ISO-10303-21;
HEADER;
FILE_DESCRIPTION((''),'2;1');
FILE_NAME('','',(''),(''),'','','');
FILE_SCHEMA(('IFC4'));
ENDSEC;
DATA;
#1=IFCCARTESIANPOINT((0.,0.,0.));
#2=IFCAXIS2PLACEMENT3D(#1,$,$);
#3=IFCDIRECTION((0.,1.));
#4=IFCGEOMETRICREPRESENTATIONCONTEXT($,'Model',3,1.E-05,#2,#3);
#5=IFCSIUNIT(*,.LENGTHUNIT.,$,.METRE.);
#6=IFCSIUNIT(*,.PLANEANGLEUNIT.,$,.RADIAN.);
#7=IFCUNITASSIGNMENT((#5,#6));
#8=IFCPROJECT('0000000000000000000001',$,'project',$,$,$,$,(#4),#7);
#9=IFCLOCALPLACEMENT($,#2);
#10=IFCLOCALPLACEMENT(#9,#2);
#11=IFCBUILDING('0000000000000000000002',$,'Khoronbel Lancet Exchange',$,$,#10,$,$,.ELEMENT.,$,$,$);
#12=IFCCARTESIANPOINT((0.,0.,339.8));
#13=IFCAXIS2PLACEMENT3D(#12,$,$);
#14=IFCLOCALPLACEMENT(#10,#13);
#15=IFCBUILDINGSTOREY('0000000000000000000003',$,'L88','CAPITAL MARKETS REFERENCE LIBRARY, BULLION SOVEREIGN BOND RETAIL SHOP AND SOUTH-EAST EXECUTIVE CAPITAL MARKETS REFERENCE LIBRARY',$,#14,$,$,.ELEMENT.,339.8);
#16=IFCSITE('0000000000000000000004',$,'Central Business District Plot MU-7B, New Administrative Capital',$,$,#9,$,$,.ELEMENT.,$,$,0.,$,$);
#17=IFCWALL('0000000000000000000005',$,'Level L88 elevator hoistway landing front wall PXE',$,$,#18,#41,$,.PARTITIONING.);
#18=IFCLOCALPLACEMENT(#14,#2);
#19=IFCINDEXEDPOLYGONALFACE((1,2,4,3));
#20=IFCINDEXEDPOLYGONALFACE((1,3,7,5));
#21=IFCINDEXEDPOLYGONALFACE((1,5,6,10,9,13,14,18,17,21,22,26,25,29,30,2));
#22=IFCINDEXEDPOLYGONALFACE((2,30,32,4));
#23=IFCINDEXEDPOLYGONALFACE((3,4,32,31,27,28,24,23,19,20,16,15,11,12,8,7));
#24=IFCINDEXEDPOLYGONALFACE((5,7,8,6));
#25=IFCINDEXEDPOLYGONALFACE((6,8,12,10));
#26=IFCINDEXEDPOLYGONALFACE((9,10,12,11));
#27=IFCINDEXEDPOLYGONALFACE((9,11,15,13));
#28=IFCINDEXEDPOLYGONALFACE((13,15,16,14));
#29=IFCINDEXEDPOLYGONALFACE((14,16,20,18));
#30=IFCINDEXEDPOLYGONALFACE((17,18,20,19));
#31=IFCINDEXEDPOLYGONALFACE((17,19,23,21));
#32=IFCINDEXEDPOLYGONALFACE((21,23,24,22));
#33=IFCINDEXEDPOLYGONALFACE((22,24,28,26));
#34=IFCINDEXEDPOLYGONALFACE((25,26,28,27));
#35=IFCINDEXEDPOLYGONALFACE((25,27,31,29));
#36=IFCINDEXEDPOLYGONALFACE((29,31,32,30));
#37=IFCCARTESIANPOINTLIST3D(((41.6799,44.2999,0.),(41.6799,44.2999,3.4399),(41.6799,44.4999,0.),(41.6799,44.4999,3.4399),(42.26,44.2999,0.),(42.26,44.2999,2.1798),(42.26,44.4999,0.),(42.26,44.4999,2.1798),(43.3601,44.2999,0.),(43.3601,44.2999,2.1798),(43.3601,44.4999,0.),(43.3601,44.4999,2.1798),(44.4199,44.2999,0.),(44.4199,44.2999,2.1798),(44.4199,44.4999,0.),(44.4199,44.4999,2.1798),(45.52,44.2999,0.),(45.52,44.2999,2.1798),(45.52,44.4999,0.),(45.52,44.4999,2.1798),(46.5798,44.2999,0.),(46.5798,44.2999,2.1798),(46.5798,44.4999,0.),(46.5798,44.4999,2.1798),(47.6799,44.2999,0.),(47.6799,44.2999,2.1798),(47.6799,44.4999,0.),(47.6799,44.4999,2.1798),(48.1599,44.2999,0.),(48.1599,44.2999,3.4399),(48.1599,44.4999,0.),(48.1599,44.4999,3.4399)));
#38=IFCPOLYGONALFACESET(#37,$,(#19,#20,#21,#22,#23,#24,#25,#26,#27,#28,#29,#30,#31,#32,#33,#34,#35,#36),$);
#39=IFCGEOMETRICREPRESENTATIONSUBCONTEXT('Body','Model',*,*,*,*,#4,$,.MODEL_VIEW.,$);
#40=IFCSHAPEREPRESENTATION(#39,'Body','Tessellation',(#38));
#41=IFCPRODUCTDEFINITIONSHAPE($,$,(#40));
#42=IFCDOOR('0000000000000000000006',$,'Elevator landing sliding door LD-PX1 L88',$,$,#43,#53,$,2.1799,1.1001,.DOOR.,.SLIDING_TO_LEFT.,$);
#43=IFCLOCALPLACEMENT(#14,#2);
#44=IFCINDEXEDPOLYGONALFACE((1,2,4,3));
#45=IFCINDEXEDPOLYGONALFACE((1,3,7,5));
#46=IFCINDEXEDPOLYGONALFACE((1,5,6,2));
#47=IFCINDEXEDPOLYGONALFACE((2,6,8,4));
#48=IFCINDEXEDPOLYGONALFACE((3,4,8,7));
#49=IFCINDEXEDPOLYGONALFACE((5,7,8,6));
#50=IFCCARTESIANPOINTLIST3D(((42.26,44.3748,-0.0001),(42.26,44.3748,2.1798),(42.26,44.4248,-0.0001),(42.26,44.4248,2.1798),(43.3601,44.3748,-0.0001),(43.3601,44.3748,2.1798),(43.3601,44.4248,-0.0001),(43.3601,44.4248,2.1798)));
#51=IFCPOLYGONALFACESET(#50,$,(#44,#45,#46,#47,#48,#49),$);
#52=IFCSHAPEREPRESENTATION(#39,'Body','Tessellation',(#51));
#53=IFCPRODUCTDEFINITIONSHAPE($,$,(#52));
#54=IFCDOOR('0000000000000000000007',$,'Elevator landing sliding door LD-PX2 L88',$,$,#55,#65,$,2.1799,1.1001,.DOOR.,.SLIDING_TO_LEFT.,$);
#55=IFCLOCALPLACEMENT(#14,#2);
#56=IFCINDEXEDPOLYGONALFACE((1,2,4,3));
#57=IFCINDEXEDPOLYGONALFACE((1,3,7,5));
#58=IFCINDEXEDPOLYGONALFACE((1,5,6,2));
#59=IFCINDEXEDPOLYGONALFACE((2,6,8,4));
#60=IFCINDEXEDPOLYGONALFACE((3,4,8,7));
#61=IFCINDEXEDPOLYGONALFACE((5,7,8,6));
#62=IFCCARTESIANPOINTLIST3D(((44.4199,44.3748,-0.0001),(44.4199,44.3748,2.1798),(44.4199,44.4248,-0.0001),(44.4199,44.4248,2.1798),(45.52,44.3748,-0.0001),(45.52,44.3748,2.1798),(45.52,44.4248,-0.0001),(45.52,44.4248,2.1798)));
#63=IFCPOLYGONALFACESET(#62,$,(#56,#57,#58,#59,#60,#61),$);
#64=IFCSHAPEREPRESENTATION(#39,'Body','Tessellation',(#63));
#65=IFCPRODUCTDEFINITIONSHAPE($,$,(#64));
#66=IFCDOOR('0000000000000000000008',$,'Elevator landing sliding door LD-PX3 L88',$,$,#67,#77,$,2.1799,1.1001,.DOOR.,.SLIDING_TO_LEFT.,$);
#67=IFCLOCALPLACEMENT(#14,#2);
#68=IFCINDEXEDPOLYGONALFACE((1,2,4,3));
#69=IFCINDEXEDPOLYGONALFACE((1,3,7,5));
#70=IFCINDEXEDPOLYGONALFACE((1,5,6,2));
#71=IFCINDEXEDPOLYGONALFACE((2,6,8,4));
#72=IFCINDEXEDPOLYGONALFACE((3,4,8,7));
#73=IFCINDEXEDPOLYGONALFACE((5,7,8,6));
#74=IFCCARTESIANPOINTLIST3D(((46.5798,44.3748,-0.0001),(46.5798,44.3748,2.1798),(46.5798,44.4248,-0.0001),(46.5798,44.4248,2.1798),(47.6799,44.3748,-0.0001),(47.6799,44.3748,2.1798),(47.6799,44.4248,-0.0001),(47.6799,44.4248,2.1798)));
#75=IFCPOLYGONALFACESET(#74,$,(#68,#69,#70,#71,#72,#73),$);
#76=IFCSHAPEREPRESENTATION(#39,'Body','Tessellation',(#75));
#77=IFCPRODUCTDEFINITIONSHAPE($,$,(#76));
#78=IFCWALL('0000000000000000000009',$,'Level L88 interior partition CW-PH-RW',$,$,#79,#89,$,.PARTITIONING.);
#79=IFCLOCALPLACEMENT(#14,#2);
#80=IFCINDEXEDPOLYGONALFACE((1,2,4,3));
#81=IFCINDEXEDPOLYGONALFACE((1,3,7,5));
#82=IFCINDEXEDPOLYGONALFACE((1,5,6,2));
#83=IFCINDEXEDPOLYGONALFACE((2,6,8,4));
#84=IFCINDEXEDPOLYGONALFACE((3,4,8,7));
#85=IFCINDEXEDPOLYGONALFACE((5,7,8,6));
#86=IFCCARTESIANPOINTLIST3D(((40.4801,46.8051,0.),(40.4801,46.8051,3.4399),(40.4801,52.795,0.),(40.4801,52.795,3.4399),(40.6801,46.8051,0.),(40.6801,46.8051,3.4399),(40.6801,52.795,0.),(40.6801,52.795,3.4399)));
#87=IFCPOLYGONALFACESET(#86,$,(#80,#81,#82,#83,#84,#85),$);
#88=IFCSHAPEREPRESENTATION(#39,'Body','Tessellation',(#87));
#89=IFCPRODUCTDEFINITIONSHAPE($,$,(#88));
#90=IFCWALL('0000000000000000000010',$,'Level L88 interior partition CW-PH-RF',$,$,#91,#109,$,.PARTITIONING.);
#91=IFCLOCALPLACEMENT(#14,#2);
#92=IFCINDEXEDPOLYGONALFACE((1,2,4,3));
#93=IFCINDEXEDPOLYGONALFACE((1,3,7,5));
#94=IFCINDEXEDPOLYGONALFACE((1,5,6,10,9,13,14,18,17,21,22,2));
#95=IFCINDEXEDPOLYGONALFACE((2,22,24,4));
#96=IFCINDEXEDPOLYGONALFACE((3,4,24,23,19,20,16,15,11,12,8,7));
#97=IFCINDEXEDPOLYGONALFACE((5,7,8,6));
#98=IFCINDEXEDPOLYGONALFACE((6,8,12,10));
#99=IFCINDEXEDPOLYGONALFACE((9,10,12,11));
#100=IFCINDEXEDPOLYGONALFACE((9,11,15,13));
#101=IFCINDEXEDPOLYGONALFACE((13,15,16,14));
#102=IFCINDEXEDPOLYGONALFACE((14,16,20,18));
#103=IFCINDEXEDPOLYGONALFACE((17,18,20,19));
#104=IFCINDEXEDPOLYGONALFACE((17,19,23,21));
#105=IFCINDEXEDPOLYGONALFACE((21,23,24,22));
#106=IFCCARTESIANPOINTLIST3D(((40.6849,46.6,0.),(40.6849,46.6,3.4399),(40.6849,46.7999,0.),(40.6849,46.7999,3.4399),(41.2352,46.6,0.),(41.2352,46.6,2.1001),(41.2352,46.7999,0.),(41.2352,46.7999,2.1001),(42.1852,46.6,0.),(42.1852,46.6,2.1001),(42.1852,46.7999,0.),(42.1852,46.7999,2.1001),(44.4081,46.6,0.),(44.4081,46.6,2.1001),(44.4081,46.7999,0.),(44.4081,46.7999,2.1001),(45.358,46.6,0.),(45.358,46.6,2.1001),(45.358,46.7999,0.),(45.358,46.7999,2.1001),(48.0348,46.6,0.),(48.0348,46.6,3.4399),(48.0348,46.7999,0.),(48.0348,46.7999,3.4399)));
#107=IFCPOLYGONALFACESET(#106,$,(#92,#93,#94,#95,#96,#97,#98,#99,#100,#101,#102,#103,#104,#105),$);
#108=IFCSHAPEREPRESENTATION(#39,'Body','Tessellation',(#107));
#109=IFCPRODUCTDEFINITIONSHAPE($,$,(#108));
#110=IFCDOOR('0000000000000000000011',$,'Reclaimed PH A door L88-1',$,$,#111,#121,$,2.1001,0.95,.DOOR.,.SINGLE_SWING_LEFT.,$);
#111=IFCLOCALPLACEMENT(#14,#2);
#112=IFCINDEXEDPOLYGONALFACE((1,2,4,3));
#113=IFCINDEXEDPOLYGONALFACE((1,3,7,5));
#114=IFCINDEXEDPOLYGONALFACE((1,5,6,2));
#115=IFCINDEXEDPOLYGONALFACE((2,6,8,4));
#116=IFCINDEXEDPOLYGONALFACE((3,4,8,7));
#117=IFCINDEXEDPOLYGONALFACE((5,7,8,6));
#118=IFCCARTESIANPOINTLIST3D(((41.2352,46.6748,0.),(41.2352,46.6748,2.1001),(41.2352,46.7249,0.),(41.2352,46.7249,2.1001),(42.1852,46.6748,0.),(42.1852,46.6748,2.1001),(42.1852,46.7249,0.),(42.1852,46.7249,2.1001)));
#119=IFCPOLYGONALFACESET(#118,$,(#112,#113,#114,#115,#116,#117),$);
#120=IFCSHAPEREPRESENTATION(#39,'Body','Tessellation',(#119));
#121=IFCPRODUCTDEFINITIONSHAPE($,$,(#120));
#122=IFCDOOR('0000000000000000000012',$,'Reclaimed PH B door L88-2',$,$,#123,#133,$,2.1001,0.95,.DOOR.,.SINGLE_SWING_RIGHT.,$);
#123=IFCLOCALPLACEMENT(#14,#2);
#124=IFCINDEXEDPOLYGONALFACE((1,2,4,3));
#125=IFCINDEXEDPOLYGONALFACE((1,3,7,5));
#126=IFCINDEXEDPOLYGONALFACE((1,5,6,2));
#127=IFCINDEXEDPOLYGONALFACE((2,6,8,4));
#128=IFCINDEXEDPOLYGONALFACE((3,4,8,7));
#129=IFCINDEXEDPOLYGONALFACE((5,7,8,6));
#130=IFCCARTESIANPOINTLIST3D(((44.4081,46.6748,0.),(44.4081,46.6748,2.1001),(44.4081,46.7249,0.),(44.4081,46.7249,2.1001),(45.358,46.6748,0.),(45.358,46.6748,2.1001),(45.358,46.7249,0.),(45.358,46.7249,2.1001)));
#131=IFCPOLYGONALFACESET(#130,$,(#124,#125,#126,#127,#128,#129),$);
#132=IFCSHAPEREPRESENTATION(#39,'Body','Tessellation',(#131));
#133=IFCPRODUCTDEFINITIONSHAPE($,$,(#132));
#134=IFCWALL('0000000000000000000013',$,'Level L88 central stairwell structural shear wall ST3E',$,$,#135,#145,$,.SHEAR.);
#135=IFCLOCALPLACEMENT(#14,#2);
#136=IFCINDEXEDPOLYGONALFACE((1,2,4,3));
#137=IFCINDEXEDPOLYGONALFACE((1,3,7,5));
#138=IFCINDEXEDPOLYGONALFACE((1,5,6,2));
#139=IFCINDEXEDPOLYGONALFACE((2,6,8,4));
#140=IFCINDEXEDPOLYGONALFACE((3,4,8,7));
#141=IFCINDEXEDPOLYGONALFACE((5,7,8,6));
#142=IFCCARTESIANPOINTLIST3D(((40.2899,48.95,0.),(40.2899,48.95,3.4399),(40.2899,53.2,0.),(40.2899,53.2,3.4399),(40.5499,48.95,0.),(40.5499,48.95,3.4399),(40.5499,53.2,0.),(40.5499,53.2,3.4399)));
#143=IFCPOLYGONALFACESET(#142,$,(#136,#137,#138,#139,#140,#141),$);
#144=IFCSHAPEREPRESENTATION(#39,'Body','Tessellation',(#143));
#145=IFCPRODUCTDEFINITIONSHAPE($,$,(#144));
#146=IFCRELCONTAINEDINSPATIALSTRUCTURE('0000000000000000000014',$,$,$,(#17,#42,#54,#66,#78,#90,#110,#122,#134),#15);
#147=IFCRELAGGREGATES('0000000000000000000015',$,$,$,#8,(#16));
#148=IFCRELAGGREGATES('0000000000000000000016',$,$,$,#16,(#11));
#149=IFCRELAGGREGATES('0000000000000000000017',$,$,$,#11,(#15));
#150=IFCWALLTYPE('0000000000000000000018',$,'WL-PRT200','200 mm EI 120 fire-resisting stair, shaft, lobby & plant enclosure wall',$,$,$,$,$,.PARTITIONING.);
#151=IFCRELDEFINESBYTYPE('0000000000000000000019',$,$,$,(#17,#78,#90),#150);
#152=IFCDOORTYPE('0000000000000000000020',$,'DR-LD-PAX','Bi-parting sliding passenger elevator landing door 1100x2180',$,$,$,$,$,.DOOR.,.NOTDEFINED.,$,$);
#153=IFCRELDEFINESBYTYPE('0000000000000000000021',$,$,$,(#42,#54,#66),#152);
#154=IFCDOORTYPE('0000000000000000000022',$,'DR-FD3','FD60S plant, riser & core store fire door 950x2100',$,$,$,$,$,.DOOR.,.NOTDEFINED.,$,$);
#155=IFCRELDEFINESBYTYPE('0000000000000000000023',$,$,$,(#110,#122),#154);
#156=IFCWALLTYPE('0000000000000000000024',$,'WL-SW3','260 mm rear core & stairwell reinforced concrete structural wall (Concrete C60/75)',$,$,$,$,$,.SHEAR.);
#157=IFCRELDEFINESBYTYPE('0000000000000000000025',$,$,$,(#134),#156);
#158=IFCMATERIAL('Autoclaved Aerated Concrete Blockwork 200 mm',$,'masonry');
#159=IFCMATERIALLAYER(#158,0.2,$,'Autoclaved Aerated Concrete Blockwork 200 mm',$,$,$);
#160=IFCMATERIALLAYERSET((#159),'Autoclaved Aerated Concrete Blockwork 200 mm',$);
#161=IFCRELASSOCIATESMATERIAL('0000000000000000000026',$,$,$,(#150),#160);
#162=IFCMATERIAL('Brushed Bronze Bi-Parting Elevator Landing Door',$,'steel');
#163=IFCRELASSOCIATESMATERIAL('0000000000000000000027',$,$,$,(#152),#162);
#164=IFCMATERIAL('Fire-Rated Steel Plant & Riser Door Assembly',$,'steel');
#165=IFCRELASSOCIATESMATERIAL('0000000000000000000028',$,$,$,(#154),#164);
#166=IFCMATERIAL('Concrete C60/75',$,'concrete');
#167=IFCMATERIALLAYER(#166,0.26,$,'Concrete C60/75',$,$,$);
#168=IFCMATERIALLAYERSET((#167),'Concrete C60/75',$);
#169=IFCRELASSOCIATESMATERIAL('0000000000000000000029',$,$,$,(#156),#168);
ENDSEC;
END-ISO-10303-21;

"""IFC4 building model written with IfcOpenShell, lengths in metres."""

from ifc_helpers import new_model, si_unit, direction, frame, frame_2d, origin, place, context, subcontext, project, spatial, rectangle, extrude, material, layer, layer_set, type_object, element, fill, save


model = new_model("IFC4")

# Units and contexts
model_context = context("Model", 3, precision=1e-05, world=origin(), true_north=direction((0.0, 1.0)))
body_context = subcontext(model_context, "Body", "Model", "MODEL_VIEW")
ifc_project = project(units=[si_unit("LENGTHUNIT", "METRE"), si_unit("PLANEANGLEUNIT", "RADIAN")], contexts=[model_context])

# Site, building, storey
site_placement = place(None, origin())
site = spatial("IfcSite", under=ifc_project, at=site_placement, Name="Central Business District Plot MU-7B, New Administrative Capital", CompositionType="ELEMENT", RefElevation=0.0)
building_placement = place(site_placement, origin())
building = spatial("IfcBuilding", under=site, at=building_placement, Name="Khoronbel Lancet Exchange", CompositionType="ELEMENT")
storey_placement = place(building_placement, frame((0.0, 0.0, 339.8)))
storey = spatial("IfcBuildingStorey", under=building, at=storey_placement, Name="L88", Description="CAPITAL MARKETS REFERENCE LIBRARY, BULLION SOVEREIGN BOND RETAIL SHOP AND SOUTH-EAST EXECUTIVE CAPITAL MARKETS REFERENCE LIBRARY", CompositionType="ELEMENT", Elevation=339.8)

# Shared definitions
ifc_material_1 = material(Name="Concrete C60/75", Category="concrete")

# Wall, openings, doors
ifc_material_2 = material(Name="Autoclaved Aerated Concrete Blockwork 200 mm", Category="masonry")
ifc_layer_1 = layer(ifc_material_2, 0.2, Name="Autoclaved Aerated Concrete Blockwork 200 mm")
ifc_layer_set_1 = layer_set([ifc_layer_1], Name="Autoclaved Aerated Concrete Blockwork 200 mm")
wall_type_1 = type_object("IfcWallType", Name="WL-PRT200", Description="200 mm EI 120 fire-resisting stair, shaft, lobby & plant enclosure wall", PredefinedType="PARTITIONING", material=ifc_layer_set_1)
wall_1_placement = place(storey_placement, frame((41.6799, 44.3999, 0.0), z_axis=(0.0, 0.0, 1.0), x_axis=(1.0, 0.0, 0.0)))
wall_1 = element("IfcWall", 1, at=wall_1_placement, inside=storey, type_object=wall_type_1, Name="Level L88 elevator hoistway landing front wall PXE", PredefinedType="PARTITIONING", context=body_context, shape_type="SweptSolid", body=[
    extrude(rectangle(XDim=6.48, YDim=0.2, at=frame_2d((3.24, 0.0))), origin(), (0.0, 0.0, 1.0), 3.4399),
])
opening_1_placement = place(wall_1_placement, frame((0.5801, 0.0, 0.0)))
opening_1 = element("IfcOpeningElement", 2, at=opening_1_placement, cuts=wall_1, PredefinedType="OPENING", context=body_context, shape_type="SweptSolid", body=[
    extrude(rectangle(XDim=1.1001, YDim=2.1799, at=frame_2d((0.55, 1.0898))), frame((0.0, 0.1099, 0.0), z_axis=(0.0, -1.0, 0.0), x_axis=(1.0, 0.0, 0.0)), (0.0, 0.0, 1.0), 0.22),
])
opening_2_placement = place(wall_1_placement, frame((2.74, 0.0, 0.0)))
opening_2 = element("IfcOpeningElement", 3, at=opening_2_placement, cuts=wall_1, PredefinedType="OPENING", context=body_context, shape_type="SweptSolid", body=[
    extrude(rectangle(XDim=1.1001, YDim=2.1799, at=frame_2d((0.55, 1.0898))), frame((0.0, 0.1099, 0.0), z_axis=(0.0, -1.0, 0.0), x_axis=(1.0, 0.0, 0.0)), (0.0, 0.0, 1.0), 0.22),
])
opening_3_placement = place(wall_1_placement, frame((4.8999, 0.0, 0.0)))
opening_3 = element("IfcOpeningElement", 4, at=opening_3_placement, cuts=wall_1, PredefinedType="OPENING", context=body_context, shape_type="SweptSolid", body=[
    extrude(rectangle(XDim=1.1001, YDim=2.1799, at=frame_2d((0.55, 1.0898))), frame((0.0, 0.1099, 0.0), z_axis=(0.0, -1.0, 0.0), x_axis=(1.0, 0.0, 0.0)), (0.0, 0.0, 1.0), 0.22),
])
ifc_material_3 = material(Name="Brushed Bronze Bi-Parting Elevator Landing Door", Category="steel")
door_type_1 = type_object("IfcDoorType", Name="DR-LD-PAX", Description="Bi-parting sliding passenger elevator landing door 1100x2180", OperationType="NOTDEFINED", PredefinedType="DOOR", material=ifc_material_3)
door_1_placement = place(opening_1_placement, origin())
door_1 = element("IfcDoor", 5, at=door_1_placement, inside=storey, type_object=door_type_1, Name="Elevator landing sliding door LD-PX1 L88", OperationType="SLIDING_TO_LEFT", OverallHeight=2.1799, OverallWidth=1.1001, PredefinedType="DOOR", context=body_context, shape_type="SweptSolid", body=[
    extrude(rectangle(XDim=1.1001, YDim=2.1799, at=frame_2d((0.55, 1.0898))), frame((0.0, 0.0249, 0.0), z_axis=(0.0, -1.0, 0.0), x_axis=(1.0, 0.0, 0.0)), (0.0, 0.0, 1.0), 0.05),
])
fill(opening_1, door_1)
door_2_placement = place(opening_2_placement, origin())
door_2 = element("IfcDoor", 6, at=door_2_placement, inside=storey, type_object=door_type_1, Name="Elevator landing sliding door LD-PX2 L88", OperationType="SLIDING_TO_LEFT", OverallHeight=2.1799, OverallWidth=1.1001, PredefinedType="DOOR", context=body_context, shape_type="SweptSolid", body=[
    extrude(rectangle(XDim=1.1001, YDim=2.1799, at=frame_2d((0.55, 1.0898))), frame((0.0, 0.0249, 0.0), z_axis=(0.0, -1.0, 0.0), x_axis=(1.0, 0.0, 0.0)), (0.0, 0.0, 1.0), 0.05),
])
fill(opening_2, door_2)
door_3_placement = place(opening_3_placement, origin())
door_3 = element("IfcDoor", 7, at=door_3_placement, inside=storey, type_object=door_type_1, Name="Elevator landing sliding door LD-PX3 L88", OperationType="SLIDING_TO_LEFT", OverallHeight=2.1799, OverallWidth=1.1001, PredefinedType="DOOR", context=body_context, shape_type="SweptSolid", body=[
    extrude(rectangle(XDim=1.1001, YDim=2.1799, at=frame_2d((0.55, 1.0898))), frame((0.0, 0.0249, 0.0), z_axis=(0.0, -1.0, 0.0), x_axis=(1.0, 0.0, 0.0)), (0.0, 0.0, 1.0), 0.05),
])
fill(opening_3, door_3)

# Wall
wall_2_placement = place(storey_placement, frame((40.5801, 46.8049, 0.0), z_axis=(0.0, 0.0, 1.0), x_axis=(0.0, 1.0, 0.0)))
element("IfcWall", 8, at=wall_2_placement, inside=storey, type_object=wall_type_1, Name="Level L88 interior partition CW-PH-RW", PredefinedType="PARTITIONING", context=body_context, shape_type="SweptSolid", body=[
    extrude(rectangle(XDim=5.99, YDim=0.2, at=frame_2d((2.9951, 0.0))), origin(), (0.0, 0.0, 1.0), 3.4399),
])

# Wall, openings, doors
wall_3_placement = place(storey_placement, frame((40.6851, 46.7, 0.0), z_axis=(0.0, 0.0, 1.0), x_axis=(1.0, 0.0, 0.0)))
wall_3 = element("IfcWall", 9, at=wall_3_placement, inside=storey, type_object=wall_type_1, Name="Level L88 interior partition CW-PH-RF", PredefinedType="PARTITIONING", context=body_context, shape_type="SweptSolid", body=[
    extrude(rectangle(XDim=7.3499, YDim=0.2, at=frame_2d((3.6748, 0.0))), origin(), (0.0, 0.0, 1.0), 3.4399),
])
opening_4_placement = place(wall_3_placement, frame((0.55, 0.0, 0.0)))
opening_4 = element("IfcOpeningElement", 10, at=opening_4_placement, cuts=wall_3, PredefinedType="OPENING", context=body_context, shape_type="SweptSolid", body=[
    extrude(rectangle(XDim=0.95, YDim=2.1001, at=frame_2d((0.4751, 1.05))), frame((0.0, 0.1099, 0.0), z_axis=(0.0, -1.0, 0.0), x_axis=(1.0, 0.0, 0.0)), (0.0, 0.0, 1.0), 0.22),
])
opening_5_placement = place(wall_3_placement, frame((3.7229, 0.0, 0.0)))
opening_5 = element("IfcOpeningElement", 11, at=opening_5_placement, cuts=wall_3, PredefinedType="OPENING", context=body_context, shape_type="SweptSolid", body=[
    extrude(rectangle(XDim=0.95, YDim=2.1001, at=frame_2d((0.4751, 1.05))), frame((0.0, 0.1099, 0.0), z_axis=(0.0, -1.0, 0.0), x_axis=(1.0, 0.0, 0.0)), (0.0, 0.0, 1.0), 0.22),
])
ifc_material_4 = material(Name="Fire-Rated Steel Plant & Riser Door Assembly", Category="steel")
door_type_2 = type_object("IfcDoorType", Name="DR-FD3", Description="FD60S plant, riser & core store fire door 950x2100", OperationType="NOTDEFINED", PredefinedType="DOOR", material=ifc_material_4)
door_4_placement = place(opening_4_placement, origin())
door_4 = element("IfcDoor", 12, at=door_4_placement, inside=storey, type_object=door_type_2, Name="Reclaimed PH A door L88-1", OperationType="SINGLE_SWING_LEFT", OverallHeight=2.1001, OverallWidth=0.95, PredefinedType="DOOR", context=body_context, shape_type="SweptSolid", body=[
    extrude(rectangle(XDim=0.95, YDim=2.1001, at=frame_2d((0.4751, 1.05))), frame((0.0, 0.0249, 0.0), z_axis=(0.0, -1.0, 0.0), x_axis=(1.0, 0.0, 0.0)), (0.0, 0.0, 1.0), 0.05),
])
fill(opening_4, door_4)
door_5_placement = place(opening_5_placement, origin())
door_5 = element("IfcDoor", 13, at=door_5_placement, inside=storey, type_object=door_type_2, Name="Reclaimed PH B door L88-2", OperationType="SINGLE_SWING_RIGHT", OverallHeight=2.1001, OverallWidth=0.95, PredefinedType="DOOR", context=body_context, shape_type="SweptSolid", body=[
    extrude(rectangle(XDim=0.95, YDim=2.1001, at=frame_2d((0.4751, 1.05))), frame((0.0, 0.0249, 0.0), z_axis=(0.0, -1.0, 0.0), x_axis=(1.0, 0.0, 0.0)), (0.0, 0.0, 1.0), 0.05),
])
fill(opening_5, door_5)

# Wall
ifc_layer_2 = layer(ifc_material_1, 0.26, Name="Concrete C60/75")
ifc_layer_set_2 = layer_set([ifc_layer_2], Name="Concrete C60/75")
wall_type_2 = type_object("IfcWallType", Name="WL-SW3", Description="260 mm rear core & stairwell reinforced concrete structural wall (Concrete C60/75)", PredefinedType="SHEAR", material=ifc_layer_set_2)
wall_4_placement = place(storey_placement, frame((40.4199, 48.95, 0.0), z_axis=(0.0, 0.0, 1.0), x_axis=(0.0, 1.0, 0.0)))
element("IfcWall", 14, at=wall_4_placement, inside=storey, type_object=wall_type_2, Name="Level L88 central stairwell structural shear wall ST3E", PredefinedType="SHEAR", context=body_context, shape_type="SweptSolid", body=[
    extrude(rectangle(XDim=4.25, YDim=0.26, at=frame_2d((2.125, 0.0))), origin(), (0.0, 0.0, 1.0), 3.4399),
])

save(model, "model.ifc")
